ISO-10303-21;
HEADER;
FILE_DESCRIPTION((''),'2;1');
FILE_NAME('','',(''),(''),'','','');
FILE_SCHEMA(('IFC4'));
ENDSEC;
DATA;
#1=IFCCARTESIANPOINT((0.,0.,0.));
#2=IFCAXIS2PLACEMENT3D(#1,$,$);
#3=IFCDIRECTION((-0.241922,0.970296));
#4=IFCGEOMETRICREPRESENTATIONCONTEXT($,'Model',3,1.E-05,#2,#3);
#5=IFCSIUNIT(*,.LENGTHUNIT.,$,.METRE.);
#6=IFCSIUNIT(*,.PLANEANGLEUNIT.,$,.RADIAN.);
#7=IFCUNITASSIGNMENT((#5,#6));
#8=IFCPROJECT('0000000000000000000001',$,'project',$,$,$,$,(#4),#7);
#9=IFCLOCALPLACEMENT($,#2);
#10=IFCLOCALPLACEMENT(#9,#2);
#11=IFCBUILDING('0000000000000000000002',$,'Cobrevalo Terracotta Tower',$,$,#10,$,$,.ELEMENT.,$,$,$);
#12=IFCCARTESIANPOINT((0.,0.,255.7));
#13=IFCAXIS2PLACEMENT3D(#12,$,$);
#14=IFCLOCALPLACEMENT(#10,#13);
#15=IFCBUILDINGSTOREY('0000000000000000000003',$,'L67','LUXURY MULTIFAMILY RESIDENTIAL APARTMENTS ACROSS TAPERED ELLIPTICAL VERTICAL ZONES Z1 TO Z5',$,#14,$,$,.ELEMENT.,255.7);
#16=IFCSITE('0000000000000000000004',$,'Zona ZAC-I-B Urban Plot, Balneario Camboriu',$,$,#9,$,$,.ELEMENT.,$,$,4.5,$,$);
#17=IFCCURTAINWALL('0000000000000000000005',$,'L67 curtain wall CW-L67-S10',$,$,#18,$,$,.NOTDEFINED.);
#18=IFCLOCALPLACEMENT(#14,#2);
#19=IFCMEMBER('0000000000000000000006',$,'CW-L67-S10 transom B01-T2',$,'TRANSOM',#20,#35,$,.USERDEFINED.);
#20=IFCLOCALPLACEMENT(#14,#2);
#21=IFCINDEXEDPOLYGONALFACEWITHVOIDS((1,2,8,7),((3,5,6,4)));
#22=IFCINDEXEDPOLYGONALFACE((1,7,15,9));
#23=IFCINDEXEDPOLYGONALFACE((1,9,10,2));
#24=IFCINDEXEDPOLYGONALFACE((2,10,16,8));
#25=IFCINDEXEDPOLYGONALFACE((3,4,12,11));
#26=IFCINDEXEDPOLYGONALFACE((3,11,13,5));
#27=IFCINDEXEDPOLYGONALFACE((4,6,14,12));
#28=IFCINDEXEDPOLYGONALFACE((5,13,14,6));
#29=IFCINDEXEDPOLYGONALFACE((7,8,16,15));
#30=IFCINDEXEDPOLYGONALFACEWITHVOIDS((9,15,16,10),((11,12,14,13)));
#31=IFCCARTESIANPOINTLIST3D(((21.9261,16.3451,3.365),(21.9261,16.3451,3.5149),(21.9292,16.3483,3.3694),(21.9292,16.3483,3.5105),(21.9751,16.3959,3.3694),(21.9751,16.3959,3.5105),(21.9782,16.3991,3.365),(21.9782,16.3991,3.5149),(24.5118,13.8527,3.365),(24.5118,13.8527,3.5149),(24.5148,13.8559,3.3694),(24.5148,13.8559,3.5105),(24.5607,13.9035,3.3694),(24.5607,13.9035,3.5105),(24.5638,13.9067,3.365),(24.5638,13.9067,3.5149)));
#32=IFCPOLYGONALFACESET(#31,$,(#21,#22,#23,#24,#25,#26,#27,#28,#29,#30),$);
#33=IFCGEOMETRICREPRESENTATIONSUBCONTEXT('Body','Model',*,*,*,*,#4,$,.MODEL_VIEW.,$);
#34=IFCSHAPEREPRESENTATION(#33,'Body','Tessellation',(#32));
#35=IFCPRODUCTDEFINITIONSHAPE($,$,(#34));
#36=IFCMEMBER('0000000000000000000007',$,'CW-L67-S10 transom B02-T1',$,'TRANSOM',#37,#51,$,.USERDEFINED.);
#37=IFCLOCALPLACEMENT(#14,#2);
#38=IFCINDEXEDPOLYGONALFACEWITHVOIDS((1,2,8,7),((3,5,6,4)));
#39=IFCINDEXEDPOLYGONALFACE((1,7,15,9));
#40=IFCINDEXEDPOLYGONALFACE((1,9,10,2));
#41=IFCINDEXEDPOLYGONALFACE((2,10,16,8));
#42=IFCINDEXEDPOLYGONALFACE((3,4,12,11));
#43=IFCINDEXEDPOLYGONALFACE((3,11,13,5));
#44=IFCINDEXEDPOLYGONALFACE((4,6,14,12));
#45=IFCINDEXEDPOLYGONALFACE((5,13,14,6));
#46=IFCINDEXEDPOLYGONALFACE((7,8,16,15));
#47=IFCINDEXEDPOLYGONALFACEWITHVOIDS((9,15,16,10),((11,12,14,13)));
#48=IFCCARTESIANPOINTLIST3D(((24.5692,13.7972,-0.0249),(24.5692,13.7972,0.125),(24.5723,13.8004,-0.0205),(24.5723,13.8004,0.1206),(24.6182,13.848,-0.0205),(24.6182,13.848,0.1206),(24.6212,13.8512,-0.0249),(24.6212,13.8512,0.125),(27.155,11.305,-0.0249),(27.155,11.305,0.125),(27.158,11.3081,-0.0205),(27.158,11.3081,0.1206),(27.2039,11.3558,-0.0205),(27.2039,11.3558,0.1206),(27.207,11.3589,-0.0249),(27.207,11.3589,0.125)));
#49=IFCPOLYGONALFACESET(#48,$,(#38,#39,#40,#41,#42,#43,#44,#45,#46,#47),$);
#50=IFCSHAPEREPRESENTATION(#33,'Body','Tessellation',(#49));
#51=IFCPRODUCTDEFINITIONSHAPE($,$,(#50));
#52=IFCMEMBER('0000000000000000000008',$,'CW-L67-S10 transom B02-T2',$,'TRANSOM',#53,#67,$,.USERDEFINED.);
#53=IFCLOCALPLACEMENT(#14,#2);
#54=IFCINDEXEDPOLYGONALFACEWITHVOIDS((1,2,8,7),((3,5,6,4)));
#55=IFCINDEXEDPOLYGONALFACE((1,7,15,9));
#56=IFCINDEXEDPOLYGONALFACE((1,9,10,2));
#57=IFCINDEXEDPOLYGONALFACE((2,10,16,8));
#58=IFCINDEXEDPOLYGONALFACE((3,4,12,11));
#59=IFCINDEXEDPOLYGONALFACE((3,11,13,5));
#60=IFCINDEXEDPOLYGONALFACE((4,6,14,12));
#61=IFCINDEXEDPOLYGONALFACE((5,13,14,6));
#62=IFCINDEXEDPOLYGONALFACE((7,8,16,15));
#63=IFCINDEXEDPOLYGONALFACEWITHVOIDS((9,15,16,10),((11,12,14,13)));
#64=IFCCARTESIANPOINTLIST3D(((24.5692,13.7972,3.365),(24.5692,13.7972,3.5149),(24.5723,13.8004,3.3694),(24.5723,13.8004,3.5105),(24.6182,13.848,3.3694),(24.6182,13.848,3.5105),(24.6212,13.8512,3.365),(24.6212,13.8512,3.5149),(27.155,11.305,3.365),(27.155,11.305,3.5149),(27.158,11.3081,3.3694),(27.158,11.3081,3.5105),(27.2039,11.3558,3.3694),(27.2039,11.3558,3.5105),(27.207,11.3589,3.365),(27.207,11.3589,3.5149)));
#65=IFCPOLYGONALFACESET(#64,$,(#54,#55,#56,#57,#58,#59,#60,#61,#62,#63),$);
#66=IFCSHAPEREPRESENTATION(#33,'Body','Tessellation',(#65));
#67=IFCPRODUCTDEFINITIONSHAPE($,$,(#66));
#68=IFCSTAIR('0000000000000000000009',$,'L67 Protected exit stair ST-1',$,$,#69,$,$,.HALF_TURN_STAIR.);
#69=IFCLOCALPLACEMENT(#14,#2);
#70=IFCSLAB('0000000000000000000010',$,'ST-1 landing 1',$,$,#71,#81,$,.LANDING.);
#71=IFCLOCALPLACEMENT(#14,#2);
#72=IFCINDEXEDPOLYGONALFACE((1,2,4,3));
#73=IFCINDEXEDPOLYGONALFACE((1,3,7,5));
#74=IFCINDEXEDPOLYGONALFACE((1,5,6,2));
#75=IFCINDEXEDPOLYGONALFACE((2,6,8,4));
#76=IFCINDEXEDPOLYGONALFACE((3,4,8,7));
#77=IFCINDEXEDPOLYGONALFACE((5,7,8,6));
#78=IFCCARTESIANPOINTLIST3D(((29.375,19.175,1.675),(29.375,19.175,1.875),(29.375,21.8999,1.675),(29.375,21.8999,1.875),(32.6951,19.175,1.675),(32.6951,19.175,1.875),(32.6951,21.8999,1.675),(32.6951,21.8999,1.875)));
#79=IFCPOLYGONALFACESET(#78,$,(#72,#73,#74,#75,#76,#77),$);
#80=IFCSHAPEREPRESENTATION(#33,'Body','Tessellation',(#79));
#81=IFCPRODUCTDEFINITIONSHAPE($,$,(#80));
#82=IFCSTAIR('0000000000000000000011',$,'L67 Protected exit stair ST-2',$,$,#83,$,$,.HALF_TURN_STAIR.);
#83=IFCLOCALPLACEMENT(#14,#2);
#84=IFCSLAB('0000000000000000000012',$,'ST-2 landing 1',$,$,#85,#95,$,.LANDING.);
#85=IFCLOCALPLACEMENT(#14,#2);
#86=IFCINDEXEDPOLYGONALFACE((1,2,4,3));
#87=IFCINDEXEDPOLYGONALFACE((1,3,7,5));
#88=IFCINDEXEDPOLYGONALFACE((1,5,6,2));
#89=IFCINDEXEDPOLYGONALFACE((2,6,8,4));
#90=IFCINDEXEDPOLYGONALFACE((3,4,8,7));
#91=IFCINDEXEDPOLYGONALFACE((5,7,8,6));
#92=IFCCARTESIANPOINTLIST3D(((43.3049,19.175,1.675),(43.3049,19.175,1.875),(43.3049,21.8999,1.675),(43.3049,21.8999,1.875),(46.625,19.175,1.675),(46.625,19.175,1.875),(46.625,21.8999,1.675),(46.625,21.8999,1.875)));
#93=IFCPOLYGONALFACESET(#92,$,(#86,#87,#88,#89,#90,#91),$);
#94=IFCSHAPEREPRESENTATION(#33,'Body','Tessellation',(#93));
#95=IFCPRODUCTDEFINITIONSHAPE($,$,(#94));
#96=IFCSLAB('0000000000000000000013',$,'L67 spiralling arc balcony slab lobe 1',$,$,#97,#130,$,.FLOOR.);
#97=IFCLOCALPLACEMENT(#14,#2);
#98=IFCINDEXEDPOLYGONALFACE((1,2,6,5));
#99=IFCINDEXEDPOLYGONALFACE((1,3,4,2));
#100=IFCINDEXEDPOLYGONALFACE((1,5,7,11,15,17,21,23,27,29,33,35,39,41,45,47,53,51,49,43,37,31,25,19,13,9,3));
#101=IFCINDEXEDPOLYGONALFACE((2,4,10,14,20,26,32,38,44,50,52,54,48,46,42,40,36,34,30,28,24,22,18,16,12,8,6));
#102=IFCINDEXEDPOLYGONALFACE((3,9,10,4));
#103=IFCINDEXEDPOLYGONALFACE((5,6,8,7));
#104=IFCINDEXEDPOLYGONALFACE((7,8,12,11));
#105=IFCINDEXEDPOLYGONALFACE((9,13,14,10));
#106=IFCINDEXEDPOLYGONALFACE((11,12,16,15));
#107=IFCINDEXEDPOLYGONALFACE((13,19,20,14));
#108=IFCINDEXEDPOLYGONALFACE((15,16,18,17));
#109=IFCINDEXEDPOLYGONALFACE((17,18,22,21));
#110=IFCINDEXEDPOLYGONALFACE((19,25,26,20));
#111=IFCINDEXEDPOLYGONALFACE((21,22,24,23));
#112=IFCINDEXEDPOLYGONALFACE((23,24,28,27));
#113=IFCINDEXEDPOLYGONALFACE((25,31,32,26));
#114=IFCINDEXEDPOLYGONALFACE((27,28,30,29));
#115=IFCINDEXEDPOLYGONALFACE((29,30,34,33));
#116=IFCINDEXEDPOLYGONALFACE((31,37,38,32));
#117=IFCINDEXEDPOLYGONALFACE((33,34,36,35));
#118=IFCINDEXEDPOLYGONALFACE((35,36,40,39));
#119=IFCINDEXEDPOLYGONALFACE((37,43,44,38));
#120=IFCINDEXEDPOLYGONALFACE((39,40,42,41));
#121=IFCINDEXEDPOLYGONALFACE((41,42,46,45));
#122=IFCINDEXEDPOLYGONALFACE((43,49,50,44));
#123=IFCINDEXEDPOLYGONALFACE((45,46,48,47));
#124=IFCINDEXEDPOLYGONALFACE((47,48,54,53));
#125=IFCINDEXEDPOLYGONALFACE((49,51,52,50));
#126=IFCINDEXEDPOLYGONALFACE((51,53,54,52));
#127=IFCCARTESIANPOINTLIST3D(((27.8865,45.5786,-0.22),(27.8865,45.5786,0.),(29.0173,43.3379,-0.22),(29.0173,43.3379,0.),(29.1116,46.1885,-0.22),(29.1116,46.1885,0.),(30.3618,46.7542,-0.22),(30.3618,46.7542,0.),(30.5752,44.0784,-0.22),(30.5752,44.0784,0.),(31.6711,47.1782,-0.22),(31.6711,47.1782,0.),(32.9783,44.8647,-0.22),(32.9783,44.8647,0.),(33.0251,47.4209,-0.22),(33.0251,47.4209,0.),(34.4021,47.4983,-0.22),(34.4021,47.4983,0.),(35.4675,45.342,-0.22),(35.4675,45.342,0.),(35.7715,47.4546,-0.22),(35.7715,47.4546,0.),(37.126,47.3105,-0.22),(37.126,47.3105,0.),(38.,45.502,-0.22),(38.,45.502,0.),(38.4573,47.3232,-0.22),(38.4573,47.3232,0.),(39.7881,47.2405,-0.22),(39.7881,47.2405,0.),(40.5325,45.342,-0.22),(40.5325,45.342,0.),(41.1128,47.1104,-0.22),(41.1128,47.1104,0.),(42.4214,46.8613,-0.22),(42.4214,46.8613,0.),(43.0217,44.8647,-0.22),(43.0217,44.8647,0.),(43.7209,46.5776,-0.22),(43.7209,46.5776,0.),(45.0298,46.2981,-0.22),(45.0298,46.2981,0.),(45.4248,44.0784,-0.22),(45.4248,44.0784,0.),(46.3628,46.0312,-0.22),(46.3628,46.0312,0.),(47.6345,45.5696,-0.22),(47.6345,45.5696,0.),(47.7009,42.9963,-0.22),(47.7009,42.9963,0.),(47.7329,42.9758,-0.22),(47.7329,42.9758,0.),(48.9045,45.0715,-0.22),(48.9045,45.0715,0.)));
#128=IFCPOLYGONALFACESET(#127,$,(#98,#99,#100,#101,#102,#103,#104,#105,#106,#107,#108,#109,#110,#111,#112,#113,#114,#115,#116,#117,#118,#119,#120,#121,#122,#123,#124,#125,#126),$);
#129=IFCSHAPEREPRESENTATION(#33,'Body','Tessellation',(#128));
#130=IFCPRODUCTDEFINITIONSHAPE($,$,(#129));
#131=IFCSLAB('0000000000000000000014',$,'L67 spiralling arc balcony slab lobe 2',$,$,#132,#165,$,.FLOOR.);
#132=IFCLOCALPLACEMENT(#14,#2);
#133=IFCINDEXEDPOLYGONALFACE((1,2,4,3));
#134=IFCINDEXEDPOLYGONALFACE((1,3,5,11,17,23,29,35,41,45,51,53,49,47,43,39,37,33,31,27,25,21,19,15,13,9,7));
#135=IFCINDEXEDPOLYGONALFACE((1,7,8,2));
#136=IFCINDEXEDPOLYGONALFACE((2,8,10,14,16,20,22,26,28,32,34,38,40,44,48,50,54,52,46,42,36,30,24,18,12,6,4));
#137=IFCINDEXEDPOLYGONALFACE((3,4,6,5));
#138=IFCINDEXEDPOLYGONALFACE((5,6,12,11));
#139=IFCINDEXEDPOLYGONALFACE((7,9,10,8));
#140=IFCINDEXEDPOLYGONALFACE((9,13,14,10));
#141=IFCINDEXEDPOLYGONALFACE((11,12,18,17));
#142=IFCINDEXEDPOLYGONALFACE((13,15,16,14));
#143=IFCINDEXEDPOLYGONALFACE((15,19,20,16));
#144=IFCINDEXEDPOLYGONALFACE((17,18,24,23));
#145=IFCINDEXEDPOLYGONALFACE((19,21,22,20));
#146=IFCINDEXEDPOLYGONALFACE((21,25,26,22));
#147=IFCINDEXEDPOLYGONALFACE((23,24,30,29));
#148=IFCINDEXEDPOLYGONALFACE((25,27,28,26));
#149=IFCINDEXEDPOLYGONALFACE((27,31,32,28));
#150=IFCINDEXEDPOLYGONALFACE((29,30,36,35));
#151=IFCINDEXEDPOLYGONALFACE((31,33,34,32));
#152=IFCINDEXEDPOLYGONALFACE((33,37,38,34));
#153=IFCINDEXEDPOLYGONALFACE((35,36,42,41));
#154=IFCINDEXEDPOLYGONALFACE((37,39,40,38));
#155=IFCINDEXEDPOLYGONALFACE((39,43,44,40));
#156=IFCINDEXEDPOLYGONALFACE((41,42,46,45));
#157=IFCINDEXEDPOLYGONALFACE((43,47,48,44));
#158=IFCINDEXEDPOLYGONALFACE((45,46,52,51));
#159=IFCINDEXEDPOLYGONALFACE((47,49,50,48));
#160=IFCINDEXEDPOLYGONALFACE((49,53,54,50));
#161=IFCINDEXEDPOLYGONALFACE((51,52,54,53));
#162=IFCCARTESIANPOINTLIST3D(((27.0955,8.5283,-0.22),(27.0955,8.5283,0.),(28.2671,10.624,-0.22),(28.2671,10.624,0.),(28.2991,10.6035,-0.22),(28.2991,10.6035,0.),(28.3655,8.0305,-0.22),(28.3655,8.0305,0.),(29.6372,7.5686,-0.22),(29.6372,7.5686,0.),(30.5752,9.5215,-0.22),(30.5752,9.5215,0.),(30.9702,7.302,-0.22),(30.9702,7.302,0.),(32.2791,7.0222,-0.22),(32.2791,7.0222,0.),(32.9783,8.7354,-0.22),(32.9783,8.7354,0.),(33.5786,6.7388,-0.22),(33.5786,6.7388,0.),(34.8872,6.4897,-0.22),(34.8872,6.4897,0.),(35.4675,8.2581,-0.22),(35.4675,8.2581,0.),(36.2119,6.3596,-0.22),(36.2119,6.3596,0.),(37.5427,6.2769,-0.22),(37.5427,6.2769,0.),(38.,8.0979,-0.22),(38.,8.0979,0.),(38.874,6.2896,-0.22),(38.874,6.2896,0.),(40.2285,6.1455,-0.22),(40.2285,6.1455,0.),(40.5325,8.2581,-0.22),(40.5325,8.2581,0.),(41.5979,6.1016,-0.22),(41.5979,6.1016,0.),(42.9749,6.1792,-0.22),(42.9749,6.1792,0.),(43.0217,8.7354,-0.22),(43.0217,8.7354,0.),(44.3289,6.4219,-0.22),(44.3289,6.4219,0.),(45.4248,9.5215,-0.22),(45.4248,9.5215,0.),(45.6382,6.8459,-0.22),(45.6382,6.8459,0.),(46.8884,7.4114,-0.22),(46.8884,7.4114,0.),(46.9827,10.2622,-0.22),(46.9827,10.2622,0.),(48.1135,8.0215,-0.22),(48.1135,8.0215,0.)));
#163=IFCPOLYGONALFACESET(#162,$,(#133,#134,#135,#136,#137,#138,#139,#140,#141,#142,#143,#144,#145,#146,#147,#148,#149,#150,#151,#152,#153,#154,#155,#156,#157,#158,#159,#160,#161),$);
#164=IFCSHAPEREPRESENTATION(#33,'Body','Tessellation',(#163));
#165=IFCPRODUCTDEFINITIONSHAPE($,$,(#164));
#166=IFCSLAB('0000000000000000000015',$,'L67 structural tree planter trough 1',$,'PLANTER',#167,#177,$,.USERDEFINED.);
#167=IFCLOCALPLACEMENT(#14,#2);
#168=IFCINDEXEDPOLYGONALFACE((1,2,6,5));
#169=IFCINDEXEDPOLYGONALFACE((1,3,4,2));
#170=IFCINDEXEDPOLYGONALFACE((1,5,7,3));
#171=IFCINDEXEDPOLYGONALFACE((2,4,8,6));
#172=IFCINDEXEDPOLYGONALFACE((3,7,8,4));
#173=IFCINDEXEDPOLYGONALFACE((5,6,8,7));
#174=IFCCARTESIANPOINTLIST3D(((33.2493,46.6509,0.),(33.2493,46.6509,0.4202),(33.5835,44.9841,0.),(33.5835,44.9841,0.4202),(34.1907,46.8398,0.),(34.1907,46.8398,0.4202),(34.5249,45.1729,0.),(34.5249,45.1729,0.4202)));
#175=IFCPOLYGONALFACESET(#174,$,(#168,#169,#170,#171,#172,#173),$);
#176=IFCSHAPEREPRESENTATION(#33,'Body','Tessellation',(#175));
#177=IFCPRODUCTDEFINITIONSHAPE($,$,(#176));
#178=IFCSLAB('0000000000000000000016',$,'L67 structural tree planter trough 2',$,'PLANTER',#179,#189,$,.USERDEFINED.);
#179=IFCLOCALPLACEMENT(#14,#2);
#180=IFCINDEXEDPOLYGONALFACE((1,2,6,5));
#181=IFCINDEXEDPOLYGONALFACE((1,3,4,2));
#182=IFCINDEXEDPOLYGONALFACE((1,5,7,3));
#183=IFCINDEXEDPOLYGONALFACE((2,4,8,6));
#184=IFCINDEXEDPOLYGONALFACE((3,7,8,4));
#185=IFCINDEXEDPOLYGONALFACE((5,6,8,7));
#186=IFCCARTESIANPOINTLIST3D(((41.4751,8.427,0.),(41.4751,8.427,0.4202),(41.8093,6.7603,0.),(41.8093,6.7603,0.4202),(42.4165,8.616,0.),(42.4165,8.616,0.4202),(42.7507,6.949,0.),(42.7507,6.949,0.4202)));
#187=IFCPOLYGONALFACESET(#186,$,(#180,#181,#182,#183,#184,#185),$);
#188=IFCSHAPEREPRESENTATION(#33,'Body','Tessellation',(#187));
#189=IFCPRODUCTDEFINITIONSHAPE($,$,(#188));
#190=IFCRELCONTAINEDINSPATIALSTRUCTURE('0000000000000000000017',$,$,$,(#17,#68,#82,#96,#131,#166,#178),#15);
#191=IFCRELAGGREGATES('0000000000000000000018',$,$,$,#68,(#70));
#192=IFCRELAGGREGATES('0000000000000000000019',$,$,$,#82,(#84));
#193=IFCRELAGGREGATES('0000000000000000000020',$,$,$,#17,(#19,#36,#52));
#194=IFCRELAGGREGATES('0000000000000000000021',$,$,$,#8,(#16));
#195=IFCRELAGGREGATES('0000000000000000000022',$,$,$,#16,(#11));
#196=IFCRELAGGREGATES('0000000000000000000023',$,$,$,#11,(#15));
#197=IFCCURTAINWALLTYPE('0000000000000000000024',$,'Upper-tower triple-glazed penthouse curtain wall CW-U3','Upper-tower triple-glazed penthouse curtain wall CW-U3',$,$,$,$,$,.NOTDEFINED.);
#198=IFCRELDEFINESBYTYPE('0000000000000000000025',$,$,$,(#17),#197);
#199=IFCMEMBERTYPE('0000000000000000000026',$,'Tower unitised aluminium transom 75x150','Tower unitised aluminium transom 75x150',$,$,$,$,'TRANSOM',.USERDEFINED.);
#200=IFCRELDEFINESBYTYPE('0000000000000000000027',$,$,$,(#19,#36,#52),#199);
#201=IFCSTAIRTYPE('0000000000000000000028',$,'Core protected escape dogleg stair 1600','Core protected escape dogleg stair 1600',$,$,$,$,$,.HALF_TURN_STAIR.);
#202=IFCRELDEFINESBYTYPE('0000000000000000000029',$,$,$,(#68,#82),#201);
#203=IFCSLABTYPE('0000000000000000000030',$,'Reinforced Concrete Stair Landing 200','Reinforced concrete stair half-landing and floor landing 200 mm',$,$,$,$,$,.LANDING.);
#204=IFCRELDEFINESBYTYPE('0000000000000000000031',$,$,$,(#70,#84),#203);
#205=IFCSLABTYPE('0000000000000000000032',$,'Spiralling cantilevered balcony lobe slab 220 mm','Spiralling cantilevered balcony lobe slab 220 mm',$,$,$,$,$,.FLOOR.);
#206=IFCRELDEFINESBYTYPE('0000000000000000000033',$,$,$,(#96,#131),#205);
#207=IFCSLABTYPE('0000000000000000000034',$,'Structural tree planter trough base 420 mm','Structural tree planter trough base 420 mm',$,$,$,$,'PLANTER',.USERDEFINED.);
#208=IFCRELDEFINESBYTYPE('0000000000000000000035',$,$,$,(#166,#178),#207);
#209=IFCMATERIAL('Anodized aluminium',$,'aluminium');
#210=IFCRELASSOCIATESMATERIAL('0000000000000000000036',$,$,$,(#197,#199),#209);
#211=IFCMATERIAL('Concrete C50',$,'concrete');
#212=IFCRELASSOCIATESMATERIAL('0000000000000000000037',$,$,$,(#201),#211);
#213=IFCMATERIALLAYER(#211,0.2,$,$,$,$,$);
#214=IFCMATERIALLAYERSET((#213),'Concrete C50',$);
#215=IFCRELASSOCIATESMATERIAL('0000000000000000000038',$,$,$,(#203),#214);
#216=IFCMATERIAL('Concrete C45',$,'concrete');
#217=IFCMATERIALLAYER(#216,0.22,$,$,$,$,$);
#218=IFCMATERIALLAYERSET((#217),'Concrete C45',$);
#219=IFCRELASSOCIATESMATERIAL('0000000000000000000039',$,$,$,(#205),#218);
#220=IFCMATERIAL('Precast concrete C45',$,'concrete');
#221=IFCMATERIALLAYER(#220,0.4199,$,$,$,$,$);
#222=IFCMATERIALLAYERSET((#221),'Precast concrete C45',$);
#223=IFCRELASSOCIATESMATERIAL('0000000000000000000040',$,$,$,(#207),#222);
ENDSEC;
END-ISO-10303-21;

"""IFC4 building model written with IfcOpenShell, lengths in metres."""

from ifc_helpers import new_model, si_unit, direction, frame, origin, origin_2d, place, context, subcontext, project, spatial, polyline, hollow_rectangle, outline, extrude, source, transform, mapped, material, layer, layer_set, material_profile, profile_set, type_object, element, aggregate, save


model = new_model("IFC4")

# Units and contexts
model_context = context("Model", 3, precision=1e-05, world=origin(), true_north=direction((-0.241922, 0.970296)))
body_context = subcontext(model_context, "Body", "Model", "MODEL_VIEW")
ifc_project = project(units=[si_unit("LENGTHUNIT", "METRE"), si_unit("PLANEANGLEUNIT", "RADIAN")], contexts=[model_context])

# Site, building, storey
site_placement = place(None, origin())
site = spatial("IfcSite", under=ifc_project, at=site_placement, Name="Zona ZAC-I-B Urban Plot, Balneario Camboriu", CompositionType="ELEMENT", RefElevation=4.5)
building_placement = place(site_placement, origin())
building = spatial("IfcBuilding", under=site, at=building_placement, Name="Cobrevalo Terracotta Tower", CompositionType="ELEMENT")
storey_placement = place(building_placement, frame((0.0, 0.0, 255.7)))
storey = spatial("IfcBuildingStorey", under=building, at=storey_placement, Name="L67", Description="LUXURY MULTIFAMILY RESIDENTIAL APARTMENTS ACROSS TAPERED ELLIPTICAL VERTICAL ZONES Z1 TO Z5", CompositionType="ELEMENT", Elevation=255.7)

# Curtain wall, members
ifc_material_1 = material(Name="Anodized aluminium", Category="aluminium")
curtain_wall_type = type_object("IfcCurtainWallType", Name="Upper-tower triple-glazed penthouse curtain wall CW-U3", Description="Upper-tower triple-glazed penthouse curtain wall CW-U3", PredefinedType="NOTDEFINED", material=ifc_material_1)
curtain_wall_placement = place(storey_placement, origin())
curtain_wall = element("IfcCurtainWall", 1, at=curtain_wall_placement, inside=storey, type_object=curtain_wall_type, Name="L67 curtain wall CW-L67-S10", PredefinedType="NOTDEFINED")
ifc_material_profile_1 = material_profile(ifc_material_1, hollow_rectangle(XDim=0.075, YDim=0.1499, WallThickness=0.0044, at=origin_2d()), Name="CWT 75x150")
ifc_profile_set_1 = profile_set([ifc_material_profile_1], Name="Anodized aluminium")
member_type_1 = type_object("IfcMemberType", Name="Tower unitised aluminium transom 75x150", Description="Tower unitised aluminium transom 75x150", ElementType="TRANSOM", PredefinedType="USERDEFINED", material=ifc_profile_set_1)
shared_shape_1 = source(origin(), body_context, "Body", "SweptSolid", [
    extrude(hollow_rectangle(XDim=0.075, YDim=0.1499, WallThickness=0.0044, at=origin_2d()), origin(), (0.0, 0.0, 1.0), 3.5913),
])
member_1_placement = place(storey_placement, frame((21.9521, 16.3721, 3.4399), z_axis=(0.719972, -0.694003, 0.0), x_axis=(0.694003, 0.719972, 0.0)))
member_1 = element("IfcMember", 2, at=member_1_placement, type_object=member_type_1, Name="CW-L67-S10 transom B01-T2", ObjectType="TRANSOM", PredefinedType="USERDEFINED", context=body_context, shape_type="MappedRepresentation", body=[
    mapped(shared_shape_1, transform((0.0, 0.0, 0.0), scale=1.0)),
])
member_2_placement = place(storey_placement, frame((24.5952, 13.8242, 0.05), z_axis=(0.720006, -0.693968, 0.0), x_axis=(0.693968, 0.720006, 0.0)))
member_2 = element("IfcMember", 3, at=member_2_placement, type_object=member_type_1, Name="CW-L67-S10 transom B02-T1", ObjectType="TRANSOM", PredefinedType="USERDEFINED", context=body_context, shape_type="MappedRepresentation", body=[
    mapped(shared_shape_1, transform((0.0, 0.0, 0.0), scale=1.0)),
])
member_3_placement = place(storey_placement, frame((24.5952, 13.8242, 3.4399), z_axis=(0.720006, -0.693968, 0.0), x_axis=(0.693968, 0.720006, 0.0)))
member_3 = element("IfcMember", 4, at=member_3_placement, type_object=member_type_1, Name="CW-L67-S10 transom B02-T2", ObjectType="TRANSOM", PredefinedType="USERDEFINED", context=body_context, shape_type="MappedRepresentation", body=[
    mapped(shared_shape_1, transform((0.0, 0.0, 0.0), scale=1.0)),
])

# Stairs, slabs
ifc_material_2 = material(Name="Concrete C50", Category="concrete")
stair_type = type_object("IfcStairType", Name="Core protected escape dogleg stair 1600", Description="Core protected escape dogleg stair 1600", PredefinedType="HALF_TURN_STAIR", material=ifc_material_2)
stair_1_placement = place(storey_placement, origin())
stair_1 = element("IfcStair", 5, at=stair_1_placement, inside=storey, type_object=stair_type, Name="L67 Protected exit stair ST-1", PredefinedType="HALF_TURN_STAIR")
ifc_layer_1 = layer(ifc_material_2, 0.2)
ifc_layer_set_1 = layer_set([ifc_layer_1], Name="Concrete C50")
slab_type_1 = type_object("IfcSlabType", Name="Reinforced Concrete Stair Landing 200", Description="Reinforced concrete stair half-landing and floor landing 200 mm", PredefinedType="LANDING", material=ifc_layer_set_1)
slab_1_placement = place(storey_placement, frame((0.0, 0.0, 1.675)))
slab_1 = element("IfcSlab", 6, at=slab_1_placement, type_object=slab_type_1, Name="ST-1 landing 1", PredefinedType="LANDING", context=body_context, shape_type="SweptSolid", body=[
    extrude(outline(polyline([(29.375, 21.8999), (29.375, 19.175), (32.6951, 19.175), (32.6951, 21.8999), (29.375, 21.8999)])), origin(), (0.0, 0.0, 1.0), 0.2),
])
aggregate(stair_1, [slab_1])
stair_2_placement = place(storey_placement, origin())
stair_2 = element("IfcStair", 7, at=stair_2_placement, inside=storey, type_object=stair_type, Name="L67 Protected exit stair ST-2", PredefinedType="HALF_TURN_STAIR")
slab_2_placement = place(storey_placement, frame((0.0, 0.0, 1.675)))
slab_2 = element("IfcSlab", 8, at=slab_2_placement, type_object=slab_type_1, Name="ST-2 landing 1", PredefinedType="LANDING", context=body_context, shape_type="SweptSolid", body=[
    extrude(outline(polyline([(43.3049, 21.8999), (43.3049, 19.175), (46.625, 19.175), (46.625, 21.8999), (43.3049, 21.8999)])), origin(), (0.0, 0.0, 1.0), 0.2),
])
aggregate(stair_2, [slab_2])

# Slabs
ifc_material_3 = material(Name="Concrete C45", Category="concrete")
ifc_layer_2 = layer(ifc_material_3, 0.22)
ifc_layer_set_2 = layer_set([ifc_layer_2], Name="Concrete C45")
slab_type_2 = type_object("IfcSlabType", Name="Spiralling cantilevered balcony lobe slab 220 mm", Description="Spiralling cantilevered balcony lobe slab 220 mm", PredefinedType="FLOOR", material=ifc_layer_set_2)
slab_3_placement = place(storey_placement, frame((0.0, 0.0, -0.22)))
element("IfcSlab", 9, at=slab_3_placement, inside=storey, type_object=slab_type_2, Name="L67 spiralling arc balcony slab lobe 1", PredefinedType="FLOOR", context=body_context, shape_type="SweptSolid", body=[
    extrude(outline(polyline([(48.9045, 45.0715), (47.6345, 45.5696), (46.3628, 46.0312), (45.0298, 46.2981), (43.7209, 46.5776), (42.4214, 46.8613), (41.1128, 47.1104), (39.7881, 47.2405), (38.4573, 47.3232), (37.126, 47.3105), (35.7715, 47.4546), (34.4021, 47.4983), (33.0251, 47.4209), (31.6711, 47.1782), (30.3618, 46.7542), (29.1116, 46.1885), (27.8865, 45.5786), (29.0173, 43.3379), (30.5752, 44.0784), (32.9783, 44.8647), (35.4675, 45.342), (38.0, 45.502), (40.5325, 45.342), (43.0217, 44.8647), (45.4248, 44.0784), (47.7009, 42.9963), (47.7329, 42.9758), (48.9045, 45.0715)])), origin(), (0.0, 0.0, 1.0), 0.22),
])
slab_4_placement = place(storey_placement, frame((0.0, 0.0, -0.22)))
element("IfcSlab", 10, at=slab_4_placement, inside=storey, type_object=slab_type_2, Name="L67 spiralling arc balcony slab lobe 2", PredefinedType="FLOOR", context=body_context, shape_type="SweptSolid", body=[
    extrude(outline(polyline([(27.0955, 8.5283), (28.3655, 8.0305), (29.6372, 7.5686), (30.9702, 7.302), (32.2791, 7.0222), (33.5786, 6.7388), (34.8872, 6.4897), (36.2119, 6.3596), (37.5427, 6.2769), (38.874, 6.2896), (40.2285, 6.1455), (41.5979, 6.1016), (42.9749, 6.1792), (44.3289, 6.4219), (45.6382, 6.8459), (46.8884, 7.4114), (48.1135, 8.0215), (46.9827, 10.2622), (45.4248, 9.5215), (43.0217, 8.7354), (40.5325, 8.2581), (38.0, 8.0979), (35.4675, 8.2581), (32.9783, 8.7354), (30.5752, 9.5215), (28.2991, 10.6035), (28.2671, 10.624), (27.0955, 8.5283)])), origin(), (0.0, 0.0, 1.0), 0.22),
])
ifc_material_4 = material(Name="Precast concrete C45", Category="concrete")
ifc_layer_3 = layer(ifc_material_4, 0.4199)
ifc_layer_set_3 = layer_set([ifc_layer_3], Name="Precast concrete C45")
slab_type_3 = type_object("IfcSlabType", Name="Structural tree planter trough base 420 mm", Description="Structural tree planter trough base 420 mm", ElementType="PLANTER", PredefinedType="USERDEFINED", material=ifc_layer_set_3)
slab_5_placement = place(storey_placement, origin())
element("IfcSlab", 11, at=slab_5_placement, inside=storey, type_object=slab_type_3, Name="L67 structural tree planter trough 1", ObjectType="PLANTER", PredefinedType="USERDEFINED", context=body_context, shape_type="SweptSolid", body=[
    extrude(outline(polyline([(34.5249, 45.1729), (34.1907, 46.8398), (33.2493, 46.6509), (33.5835, 44.9841), (34.5249, 45.1729)])), origin(), (0.0, 0.0, 1.0), 0.4202),
])
slab_6_placement = place(storey_placement, origin())
element("IfcSlab", 12, at=slab_6_placement, inside=storey, type_object=slab_type_3, Name="L67 structural tree planter trough 2", ObjectType="PLANTER", PredefinedType="USERDEFINED", context=body_context, shape_type="SweptSolid", body=[
    extrude(outline(polyline([(41.4751, 8.427), (41.8093, 6.7603), (42.7507, 6.949), (42.4165, 8.616), (41.4751, 8.427)])), origin(), (0.0, 0.0, 1.0), 0.4202),
])

aggregate(curtain_wall, [member_1, member_2, member_3])

save(model, "model.ifc")
